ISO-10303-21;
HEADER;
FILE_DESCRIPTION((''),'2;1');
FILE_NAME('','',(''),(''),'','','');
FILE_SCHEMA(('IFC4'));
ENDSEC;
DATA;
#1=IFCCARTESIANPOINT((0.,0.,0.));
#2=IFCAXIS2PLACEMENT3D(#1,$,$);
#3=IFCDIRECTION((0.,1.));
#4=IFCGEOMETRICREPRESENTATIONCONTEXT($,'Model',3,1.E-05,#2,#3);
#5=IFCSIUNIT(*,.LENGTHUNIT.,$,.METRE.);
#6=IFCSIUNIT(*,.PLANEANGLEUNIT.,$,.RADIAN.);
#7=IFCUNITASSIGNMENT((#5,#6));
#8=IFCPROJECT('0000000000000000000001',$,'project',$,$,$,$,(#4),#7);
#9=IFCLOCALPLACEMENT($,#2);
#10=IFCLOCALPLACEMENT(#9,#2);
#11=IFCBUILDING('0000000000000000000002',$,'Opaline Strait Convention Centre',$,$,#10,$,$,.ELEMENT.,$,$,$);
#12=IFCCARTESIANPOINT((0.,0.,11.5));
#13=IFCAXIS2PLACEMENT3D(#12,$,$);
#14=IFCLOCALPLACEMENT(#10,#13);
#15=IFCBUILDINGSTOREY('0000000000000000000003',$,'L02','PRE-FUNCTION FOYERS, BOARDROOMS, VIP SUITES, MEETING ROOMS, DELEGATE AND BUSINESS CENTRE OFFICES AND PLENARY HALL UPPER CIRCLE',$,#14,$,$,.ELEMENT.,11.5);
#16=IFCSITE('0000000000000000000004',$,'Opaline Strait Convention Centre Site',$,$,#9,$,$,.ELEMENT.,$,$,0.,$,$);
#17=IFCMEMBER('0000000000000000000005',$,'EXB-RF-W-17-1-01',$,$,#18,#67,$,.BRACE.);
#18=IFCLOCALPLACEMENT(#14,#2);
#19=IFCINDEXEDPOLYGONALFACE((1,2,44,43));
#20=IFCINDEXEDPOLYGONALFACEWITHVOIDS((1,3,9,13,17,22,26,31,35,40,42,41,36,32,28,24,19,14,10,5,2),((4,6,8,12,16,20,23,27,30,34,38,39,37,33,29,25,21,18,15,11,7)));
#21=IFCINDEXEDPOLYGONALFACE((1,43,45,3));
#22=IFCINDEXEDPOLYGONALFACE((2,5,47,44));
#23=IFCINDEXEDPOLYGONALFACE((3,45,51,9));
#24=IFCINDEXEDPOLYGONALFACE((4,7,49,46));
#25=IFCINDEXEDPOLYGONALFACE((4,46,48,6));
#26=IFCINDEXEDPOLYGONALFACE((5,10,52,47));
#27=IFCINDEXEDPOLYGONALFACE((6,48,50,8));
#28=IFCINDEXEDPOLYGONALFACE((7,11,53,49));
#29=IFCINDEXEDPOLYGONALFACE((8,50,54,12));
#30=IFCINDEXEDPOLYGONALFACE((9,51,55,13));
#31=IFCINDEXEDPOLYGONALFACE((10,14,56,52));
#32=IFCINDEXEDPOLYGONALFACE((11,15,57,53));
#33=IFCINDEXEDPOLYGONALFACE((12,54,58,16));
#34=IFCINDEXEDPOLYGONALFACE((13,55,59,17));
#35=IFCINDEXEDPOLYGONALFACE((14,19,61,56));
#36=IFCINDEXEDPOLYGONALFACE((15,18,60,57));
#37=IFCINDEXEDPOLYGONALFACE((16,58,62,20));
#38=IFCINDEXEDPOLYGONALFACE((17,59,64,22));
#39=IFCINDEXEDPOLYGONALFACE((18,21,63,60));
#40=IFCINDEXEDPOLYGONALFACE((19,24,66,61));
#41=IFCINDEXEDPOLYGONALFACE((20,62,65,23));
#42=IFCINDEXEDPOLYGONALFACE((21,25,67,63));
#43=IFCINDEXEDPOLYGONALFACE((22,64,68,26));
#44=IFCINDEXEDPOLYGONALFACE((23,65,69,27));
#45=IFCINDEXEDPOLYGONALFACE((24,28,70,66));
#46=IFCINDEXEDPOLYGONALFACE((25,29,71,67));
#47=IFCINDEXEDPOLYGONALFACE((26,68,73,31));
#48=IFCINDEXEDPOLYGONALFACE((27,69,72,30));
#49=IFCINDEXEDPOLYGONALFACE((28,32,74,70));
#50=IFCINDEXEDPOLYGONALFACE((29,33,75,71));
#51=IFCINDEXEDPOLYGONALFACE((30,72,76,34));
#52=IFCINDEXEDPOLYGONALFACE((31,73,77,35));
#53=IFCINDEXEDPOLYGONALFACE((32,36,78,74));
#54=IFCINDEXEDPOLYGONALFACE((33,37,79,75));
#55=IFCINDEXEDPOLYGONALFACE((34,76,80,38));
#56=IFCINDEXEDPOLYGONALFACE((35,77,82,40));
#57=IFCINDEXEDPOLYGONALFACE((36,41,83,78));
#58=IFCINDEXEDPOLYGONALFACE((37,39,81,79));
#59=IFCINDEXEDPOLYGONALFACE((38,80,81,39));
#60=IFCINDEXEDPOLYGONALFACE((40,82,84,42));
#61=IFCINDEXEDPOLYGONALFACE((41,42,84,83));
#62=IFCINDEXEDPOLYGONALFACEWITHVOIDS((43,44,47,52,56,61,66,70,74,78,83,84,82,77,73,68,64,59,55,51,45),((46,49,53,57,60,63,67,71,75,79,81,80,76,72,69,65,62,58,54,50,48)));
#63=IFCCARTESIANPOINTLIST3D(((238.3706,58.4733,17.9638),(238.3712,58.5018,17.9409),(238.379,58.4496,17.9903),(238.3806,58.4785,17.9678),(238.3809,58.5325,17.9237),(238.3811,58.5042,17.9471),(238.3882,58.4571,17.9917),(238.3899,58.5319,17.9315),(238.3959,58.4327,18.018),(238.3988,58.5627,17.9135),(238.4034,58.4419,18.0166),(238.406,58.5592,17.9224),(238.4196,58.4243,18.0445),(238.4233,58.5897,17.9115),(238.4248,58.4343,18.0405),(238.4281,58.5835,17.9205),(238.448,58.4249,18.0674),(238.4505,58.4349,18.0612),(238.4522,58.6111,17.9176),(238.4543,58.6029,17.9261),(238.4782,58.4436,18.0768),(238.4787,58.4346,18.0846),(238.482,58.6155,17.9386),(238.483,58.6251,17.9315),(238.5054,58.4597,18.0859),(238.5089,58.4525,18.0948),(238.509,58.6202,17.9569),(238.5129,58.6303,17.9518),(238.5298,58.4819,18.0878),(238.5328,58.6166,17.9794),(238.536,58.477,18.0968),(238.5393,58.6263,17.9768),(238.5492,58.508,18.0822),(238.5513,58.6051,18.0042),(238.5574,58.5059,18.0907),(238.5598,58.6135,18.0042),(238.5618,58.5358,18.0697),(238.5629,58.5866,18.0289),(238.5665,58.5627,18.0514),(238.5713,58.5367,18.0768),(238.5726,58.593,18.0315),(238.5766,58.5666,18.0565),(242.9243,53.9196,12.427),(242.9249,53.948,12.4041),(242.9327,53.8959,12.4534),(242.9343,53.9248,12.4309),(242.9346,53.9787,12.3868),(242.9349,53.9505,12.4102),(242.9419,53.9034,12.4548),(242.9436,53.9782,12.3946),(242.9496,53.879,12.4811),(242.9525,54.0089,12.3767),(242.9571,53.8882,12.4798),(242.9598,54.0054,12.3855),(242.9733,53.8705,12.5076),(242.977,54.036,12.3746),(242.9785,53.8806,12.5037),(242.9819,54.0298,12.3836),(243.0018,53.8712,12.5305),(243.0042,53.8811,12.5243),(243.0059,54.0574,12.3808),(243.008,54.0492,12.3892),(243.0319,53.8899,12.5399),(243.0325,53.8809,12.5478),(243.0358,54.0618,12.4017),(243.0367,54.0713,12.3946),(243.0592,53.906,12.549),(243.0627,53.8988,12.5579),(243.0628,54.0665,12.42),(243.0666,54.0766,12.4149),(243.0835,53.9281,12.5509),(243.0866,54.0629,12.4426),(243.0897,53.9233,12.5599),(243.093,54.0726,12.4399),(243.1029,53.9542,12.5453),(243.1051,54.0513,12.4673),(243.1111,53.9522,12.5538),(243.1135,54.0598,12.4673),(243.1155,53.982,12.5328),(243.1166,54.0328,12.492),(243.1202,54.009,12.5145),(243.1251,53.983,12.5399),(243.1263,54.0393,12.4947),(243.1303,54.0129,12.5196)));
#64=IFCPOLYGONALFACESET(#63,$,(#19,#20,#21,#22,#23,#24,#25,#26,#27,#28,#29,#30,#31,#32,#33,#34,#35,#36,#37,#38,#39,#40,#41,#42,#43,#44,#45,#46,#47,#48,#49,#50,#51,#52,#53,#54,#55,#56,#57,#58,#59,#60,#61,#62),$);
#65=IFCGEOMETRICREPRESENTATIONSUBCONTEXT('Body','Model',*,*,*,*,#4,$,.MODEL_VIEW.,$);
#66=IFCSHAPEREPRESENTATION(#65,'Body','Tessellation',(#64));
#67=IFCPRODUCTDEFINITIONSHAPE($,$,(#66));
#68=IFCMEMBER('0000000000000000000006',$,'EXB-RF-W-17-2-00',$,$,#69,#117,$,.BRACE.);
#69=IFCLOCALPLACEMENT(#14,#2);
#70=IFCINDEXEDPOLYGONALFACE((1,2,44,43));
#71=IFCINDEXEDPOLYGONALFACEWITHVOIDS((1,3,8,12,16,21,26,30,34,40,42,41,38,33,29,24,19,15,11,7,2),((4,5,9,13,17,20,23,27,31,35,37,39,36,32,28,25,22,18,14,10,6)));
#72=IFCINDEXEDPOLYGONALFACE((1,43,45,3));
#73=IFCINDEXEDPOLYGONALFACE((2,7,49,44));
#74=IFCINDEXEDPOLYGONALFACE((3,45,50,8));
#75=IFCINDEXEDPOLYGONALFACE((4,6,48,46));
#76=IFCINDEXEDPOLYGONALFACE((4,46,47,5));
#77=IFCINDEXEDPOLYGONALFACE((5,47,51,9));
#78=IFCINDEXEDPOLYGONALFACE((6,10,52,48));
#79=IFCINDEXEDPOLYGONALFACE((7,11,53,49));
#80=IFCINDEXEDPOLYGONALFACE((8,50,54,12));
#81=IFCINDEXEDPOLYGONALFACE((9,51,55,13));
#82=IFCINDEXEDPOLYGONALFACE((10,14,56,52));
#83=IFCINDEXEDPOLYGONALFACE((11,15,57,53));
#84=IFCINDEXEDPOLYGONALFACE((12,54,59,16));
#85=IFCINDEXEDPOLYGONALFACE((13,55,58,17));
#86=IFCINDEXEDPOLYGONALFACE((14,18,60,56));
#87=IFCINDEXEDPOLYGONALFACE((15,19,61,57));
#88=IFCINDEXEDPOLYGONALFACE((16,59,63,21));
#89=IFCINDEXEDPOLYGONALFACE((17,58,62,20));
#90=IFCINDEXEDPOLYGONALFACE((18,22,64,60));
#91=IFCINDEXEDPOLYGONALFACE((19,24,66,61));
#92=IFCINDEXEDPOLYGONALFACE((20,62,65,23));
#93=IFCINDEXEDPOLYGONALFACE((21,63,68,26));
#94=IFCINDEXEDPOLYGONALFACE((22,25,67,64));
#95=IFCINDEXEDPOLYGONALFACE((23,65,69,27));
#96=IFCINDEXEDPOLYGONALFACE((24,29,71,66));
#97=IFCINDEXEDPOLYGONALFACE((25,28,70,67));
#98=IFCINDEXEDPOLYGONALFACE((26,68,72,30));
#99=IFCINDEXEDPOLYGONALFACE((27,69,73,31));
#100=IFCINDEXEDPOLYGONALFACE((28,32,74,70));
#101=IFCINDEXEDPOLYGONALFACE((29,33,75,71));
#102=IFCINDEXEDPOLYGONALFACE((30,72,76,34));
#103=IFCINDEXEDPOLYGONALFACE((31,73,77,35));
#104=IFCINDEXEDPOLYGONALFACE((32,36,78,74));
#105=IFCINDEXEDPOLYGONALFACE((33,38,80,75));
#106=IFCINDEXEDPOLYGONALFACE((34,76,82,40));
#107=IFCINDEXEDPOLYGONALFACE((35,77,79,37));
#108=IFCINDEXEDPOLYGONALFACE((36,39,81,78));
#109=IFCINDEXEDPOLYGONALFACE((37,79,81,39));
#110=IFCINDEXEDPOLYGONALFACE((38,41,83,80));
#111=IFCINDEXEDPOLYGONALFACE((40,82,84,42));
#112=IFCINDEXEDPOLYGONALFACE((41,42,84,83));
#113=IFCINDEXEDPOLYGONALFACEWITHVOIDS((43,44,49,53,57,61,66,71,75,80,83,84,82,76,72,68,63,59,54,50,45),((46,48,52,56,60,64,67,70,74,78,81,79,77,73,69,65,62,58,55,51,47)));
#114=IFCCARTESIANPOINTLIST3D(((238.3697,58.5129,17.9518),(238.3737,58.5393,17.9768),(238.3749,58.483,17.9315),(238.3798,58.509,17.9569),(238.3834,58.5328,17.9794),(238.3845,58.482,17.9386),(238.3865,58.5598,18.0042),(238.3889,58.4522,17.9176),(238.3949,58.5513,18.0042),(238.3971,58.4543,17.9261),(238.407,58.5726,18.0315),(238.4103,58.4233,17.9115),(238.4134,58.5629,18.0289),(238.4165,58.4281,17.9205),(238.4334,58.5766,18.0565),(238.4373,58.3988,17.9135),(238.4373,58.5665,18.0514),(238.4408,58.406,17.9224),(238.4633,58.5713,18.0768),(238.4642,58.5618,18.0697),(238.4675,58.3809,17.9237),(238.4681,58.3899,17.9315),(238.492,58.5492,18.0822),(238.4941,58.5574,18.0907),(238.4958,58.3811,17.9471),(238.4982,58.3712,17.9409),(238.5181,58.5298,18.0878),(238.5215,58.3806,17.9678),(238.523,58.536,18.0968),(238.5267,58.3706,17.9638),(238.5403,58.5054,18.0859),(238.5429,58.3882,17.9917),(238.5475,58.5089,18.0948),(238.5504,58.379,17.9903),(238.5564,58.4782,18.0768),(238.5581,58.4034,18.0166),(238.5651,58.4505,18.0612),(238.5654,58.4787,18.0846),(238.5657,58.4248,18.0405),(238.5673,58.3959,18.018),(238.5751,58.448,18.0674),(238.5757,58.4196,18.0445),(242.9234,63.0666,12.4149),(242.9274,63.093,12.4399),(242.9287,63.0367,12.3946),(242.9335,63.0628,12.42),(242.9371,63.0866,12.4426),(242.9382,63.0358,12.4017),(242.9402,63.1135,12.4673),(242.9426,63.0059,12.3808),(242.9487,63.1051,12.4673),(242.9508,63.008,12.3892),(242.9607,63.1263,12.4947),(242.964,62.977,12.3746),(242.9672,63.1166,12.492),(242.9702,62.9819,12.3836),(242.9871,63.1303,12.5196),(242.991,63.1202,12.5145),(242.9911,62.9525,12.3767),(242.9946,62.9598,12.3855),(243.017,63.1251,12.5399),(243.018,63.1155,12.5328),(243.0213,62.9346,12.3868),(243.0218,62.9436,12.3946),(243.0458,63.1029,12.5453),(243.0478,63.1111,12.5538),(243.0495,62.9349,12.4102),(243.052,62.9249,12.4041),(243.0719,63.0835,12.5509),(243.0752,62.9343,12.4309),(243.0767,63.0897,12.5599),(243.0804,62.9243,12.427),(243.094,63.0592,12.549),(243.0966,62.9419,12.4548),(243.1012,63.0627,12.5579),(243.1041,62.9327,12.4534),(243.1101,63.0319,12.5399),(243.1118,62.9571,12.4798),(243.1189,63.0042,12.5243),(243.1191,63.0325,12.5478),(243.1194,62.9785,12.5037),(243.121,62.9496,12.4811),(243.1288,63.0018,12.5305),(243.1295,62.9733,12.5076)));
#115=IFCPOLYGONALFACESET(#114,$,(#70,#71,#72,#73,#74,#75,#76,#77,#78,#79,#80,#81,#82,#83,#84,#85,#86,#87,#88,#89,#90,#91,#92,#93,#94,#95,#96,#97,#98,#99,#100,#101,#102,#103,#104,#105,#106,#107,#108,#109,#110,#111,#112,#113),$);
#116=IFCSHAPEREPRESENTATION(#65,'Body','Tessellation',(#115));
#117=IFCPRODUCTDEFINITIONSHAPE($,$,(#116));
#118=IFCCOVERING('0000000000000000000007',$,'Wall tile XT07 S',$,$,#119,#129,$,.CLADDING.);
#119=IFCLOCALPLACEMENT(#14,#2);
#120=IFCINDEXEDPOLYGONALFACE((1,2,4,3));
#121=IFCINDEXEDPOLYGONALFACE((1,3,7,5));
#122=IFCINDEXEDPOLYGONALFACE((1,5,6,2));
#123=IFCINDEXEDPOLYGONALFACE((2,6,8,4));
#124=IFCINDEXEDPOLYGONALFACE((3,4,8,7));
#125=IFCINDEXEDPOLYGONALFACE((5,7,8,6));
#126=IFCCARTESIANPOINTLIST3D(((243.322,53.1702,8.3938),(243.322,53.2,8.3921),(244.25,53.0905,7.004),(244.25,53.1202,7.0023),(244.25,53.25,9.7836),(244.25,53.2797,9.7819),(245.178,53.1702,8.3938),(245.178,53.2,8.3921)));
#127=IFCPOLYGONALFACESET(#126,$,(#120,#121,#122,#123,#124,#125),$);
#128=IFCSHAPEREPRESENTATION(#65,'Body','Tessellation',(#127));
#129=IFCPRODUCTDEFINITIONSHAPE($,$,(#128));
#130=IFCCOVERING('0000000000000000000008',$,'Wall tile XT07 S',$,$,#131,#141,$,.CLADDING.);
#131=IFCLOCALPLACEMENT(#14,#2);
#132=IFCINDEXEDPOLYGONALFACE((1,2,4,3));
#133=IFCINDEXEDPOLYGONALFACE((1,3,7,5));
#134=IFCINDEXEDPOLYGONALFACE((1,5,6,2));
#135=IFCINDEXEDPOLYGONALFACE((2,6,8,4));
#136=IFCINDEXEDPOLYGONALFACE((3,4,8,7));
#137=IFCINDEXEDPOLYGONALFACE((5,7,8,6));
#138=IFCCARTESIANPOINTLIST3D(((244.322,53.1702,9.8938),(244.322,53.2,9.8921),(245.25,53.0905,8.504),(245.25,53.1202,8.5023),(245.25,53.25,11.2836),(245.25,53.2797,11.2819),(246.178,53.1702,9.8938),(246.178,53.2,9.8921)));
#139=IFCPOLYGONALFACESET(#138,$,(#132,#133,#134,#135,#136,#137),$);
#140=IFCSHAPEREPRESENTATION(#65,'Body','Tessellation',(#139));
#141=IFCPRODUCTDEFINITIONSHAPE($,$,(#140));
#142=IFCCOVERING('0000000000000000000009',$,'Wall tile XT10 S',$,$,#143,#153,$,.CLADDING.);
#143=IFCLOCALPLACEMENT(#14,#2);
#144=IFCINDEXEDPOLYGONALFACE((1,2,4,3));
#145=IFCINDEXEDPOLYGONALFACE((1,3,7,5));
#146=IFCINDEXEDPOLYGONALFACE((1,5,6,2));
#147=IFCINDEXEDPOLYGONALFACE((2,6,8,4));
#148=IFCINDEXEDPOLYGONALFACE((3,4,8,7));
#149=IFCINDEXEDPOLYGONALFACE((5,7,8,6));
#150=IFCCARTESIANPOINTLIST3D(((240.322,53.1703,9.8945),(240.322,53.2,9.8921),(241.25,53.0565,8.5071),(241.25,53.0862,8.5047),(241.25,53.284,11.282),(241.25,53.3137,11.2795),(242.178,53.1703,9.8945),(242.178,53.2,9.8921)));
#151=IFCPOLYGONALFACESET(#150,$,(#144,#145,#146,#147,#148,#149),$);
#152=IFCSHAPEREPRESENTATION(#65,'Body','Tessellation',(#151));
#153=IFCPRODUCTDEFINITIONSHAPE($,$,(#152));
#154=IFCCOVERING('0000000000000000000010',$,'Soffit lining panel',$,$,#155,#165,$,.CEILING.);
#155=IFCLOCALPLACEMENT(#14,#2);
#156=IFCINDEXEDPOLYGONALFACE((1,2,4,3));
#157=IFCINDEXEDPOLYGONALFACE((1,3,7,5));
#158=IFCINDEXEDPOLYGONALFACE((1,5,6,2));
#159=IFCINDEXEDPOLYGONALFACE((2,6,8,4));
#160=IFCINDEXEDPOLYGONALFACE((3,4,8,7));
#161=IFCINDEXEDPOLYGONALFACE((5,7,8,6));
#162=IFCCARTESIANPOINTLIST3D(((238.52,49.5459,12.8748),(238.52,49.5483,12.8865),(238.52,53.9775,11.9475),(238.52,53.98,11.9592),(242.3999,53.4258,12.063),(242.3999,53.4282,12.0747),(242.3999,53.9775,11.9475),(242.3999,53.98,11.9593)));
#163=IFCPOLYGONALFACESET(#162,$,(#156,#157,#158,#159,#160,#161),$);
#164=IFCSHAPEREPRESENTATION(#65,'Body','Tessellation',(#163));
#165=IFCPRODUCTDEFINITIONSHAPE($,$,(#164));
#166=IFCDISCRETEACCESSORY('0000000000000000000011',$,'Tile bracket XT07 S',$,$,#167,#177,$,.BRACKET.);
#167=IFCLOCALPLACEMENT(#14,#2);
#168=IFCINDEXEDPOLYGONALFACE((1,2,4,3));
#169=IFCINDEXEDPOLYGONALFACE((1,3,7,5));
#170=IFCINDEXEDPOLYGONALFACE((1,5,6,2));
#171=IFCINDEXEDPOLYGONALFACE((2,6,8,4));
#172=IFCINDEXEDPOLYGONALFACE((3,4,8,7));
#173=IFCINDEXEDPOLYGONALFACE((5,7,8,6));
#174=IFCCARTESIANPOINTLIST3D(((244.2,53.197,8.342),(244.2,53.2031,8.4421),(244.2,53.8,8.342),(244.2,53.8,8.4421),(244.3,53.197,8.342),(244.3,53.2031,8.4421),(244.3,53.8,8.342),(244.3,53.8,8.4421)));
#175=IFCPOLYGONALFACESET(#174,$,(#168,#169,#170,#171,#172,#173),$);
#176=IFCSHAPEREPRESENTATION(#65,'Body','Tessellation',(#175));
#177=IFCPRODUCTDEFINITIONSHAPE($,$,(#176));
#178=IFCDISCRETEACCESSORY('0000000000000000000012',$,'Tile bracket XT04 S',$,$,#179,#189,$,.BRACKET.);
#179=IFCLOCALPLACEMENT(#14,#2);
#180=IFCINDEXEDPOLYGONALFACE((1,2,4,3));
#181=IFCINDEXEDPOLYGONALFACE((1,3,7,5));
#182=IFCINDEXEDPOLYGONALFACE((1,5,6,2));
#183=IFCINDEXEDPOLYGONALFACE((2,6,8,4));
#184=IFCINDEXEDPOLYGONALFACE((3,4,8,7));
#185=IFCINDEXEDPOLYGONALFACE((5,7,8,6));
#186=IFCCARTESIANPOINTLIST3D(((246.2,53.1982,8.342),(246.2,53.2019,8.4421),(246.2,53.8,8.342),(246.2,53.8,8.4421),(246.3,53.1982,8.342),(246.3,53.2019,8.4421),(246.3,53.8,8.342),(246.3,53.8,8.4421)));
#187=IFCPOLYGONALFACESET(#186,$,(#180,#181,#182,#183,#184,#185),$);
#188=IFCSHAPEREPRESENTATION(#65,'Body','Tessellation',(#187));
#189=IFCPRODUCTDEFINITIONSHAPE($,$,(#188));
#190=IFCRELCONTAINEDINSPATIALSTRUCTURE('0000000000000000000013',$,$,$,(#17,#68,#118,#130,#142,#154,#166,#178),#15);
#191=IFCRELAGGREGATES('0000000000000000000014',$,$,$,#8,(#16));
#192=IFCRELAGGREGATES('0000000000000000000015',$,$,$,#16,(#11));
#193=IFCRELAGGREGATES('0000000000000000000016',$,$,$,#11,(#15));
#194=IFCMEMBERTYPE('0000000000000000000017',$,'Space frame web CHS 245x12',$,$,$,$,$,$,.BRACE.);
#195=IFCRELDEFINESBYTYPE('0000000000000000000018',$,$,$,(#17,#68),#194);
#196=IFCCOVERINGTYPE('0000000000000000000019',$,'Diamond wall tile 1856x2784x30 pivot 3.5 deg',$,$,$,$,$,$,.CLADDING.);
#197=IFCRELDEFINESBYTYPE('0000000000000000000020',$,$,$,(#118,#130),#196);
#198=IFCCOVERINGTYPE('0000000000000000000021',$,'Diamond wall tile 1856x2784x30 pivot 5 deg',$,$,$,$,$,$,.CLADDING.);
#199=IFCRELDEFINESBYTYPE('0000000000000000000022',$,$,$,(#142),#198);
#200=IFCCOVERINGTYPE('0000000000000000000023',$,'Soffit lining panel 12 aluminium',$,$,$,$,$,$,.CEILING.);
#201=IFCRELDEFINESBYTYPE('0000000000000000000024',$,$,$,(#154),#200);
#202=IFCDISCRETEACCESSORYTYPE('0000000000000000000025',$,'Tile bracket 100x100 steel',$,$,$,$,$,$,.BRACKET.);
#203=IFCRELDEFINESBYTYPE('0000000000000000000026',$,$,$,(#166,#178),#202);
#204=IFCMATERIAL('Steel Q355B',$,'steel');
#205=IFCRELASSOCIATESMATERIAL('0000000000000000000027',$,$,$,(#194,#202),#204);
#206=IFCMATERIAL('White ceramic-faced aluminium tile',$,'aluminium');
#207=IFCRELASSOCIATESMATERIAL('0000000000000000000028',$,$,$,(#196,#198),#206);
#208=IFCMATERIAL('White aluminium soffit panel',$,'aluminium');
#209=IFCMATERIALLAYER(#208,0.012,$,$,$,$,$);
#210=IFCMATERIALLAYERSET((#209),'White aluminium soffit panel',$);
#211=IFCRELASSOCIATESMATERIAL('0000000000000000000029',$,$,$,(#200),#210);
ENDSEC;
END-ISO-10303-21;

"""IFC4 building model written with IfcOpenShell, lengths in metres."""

from ifc_helpers import new_model, si_unit, direction, frame, origin, origin_2d, place, context, subcontext, project, spatial, polyline, hollow_circle, outline, extrude, material, layer, layer_set, material_profile, profile_set, type_object, element, save


model = new_model("IFC4")

# Units and contexts
model_context = context("Model", 3, precision=1e-05, world=origin(), true_north=direction((0.0, 1.0)))
body_context = subcontext(model_context, "Body", "Model", "MODEL_VIEW")
ifc_project = project(units=[si_unit("LENGTHUNIT", "METRE"), si_unit("PLANEANGLEUNIT", "RADIAN")], contexts=[model_context])

# Site, building, storey
site_placement = place(None, origin())
site = spatial("IfcSite", under=ifc_project, at=site_placement, Name="Opaline Strait Convention Centre Site", CompositionType="ELEMENT", RefElevation=0.0)
building_placement = place(site_placement, origin())
building = spatial("IfcBuilding", under=site, at=building_placement, Name="Opaline Strait Convention Centre", CompositionType="ELEMENT")
storey_placement = place(building_placement, frame((0.0, 0.0, 11.5)))
storey = spatial("IfcBuildingStorey", under=building, at=storey_placement, Name="L02", Description="PRE-FUNCTION FOYERS, BOARDROOMS, VIP SUITES, MEETING ROOMS, DELEGATE AND BUSINESS CENTRE OFFICES AND PLENARY HALL UPPER CIRCLE", CompositionType="ELEMENT", Elevation=11.5)

# Members
ifc_material_1 = material(Name="Steel Q355B", Category="steel")
ifc_material_profile_1 = material_profile(ifc_material_1, hollow_circle(Radius=0.1226, WallThickness=0.012, at=origin_2d()), Name="CHS 245x12")
ifc_profile_set_1 = profile_set([ifc_material_profile_1], Name="Steel Q355B")
member_type_1 = type_object("IfcMemberType", Name="Space frame web CHS 245x12", PredefinedType="BRACE", material=ifc_profile_set_1)
for number, where, z_axis, x_axis, name in (
    (1, (238.4731, 58.5269, 18.0042), (0.536178, -0.536178, -0.65194), (0.707107, 0.707107, 0.0), "EXB-RF-W-17-1-01"),
    (2, (238.4731, 58.4731, 18.0042), (0.536178, 0.536178, -0.65194), (-0.707107, 0.707107, 0.0), "EXB-RF-W-17-2-00"),
):
    element("IfcMember", number, at=place(storey_placement, frame(where, z_axis=z_axis, x_axis=x_axis)), inside=storey, type_object=member_type_1, Name=name, PredefinedType="BRACE", context=body_context, shape_type="SweptSolid", body=[
        extrude(hollow_circle(Radius=0.1226, WallThickness=0.012, at=origin_2d()), origin(), (0.0, 0.0, 1.0), 8.4929),
    ])

# Coverings
ifc_material_2 = material(Name="White ceramic-faced aluminium tile", Category="aluminium")
ifc_material_profile_2 = material_profile(ifc_material_2, outline(polyline([(0.928, 0.0), (0.0, 1.3921), (-0.928, 0.0), (0.0, -1.3921), (0.928, 0.0)])), Name="Diamond tile 1856x2784")
ifc_profile_set_2 = profile_set([ifc_material_profile_2], Name="White ceramic-faced aluminium tile")
covering_type_1 = type_object("IfcCoveringType", Name="Diamond wall tile 1856x2784x30 pivot 3.5 deg", PredefinedType="CLADDING", material=ifc_profile_set_2)
for number, where, z_axis, x_axis, name in (
    (3, (244.25, 53.2, 8.3921), (0.0, -0.998358, 0.057283), (1.0, 0.0, 0.0), "Wall tile XT07 S"),
    (4, (245.25, 53.2, 9.8921), (0.0, -0.998358, 0.057283), (1.0, 0.0, 0.0), "Wall tile XT07 S"),
):
    element("IfcCovering", number, at=place(storey_placement, frame(where, z_axis=z_axis, x_axis=x_axis)), inside=storey, type_object=covering_type_1, Name=name, PredefinedType="CLADDING", context=body_context, shape_type="SweptSolid", body=[
        extrude(outline(polyline([(0.928, 0.0), (0.0, 1.3921), (-0.928, 0.0), (0.0, -1.3921), (0.928, 0.0)])), origin(), (0.0, 0.0, 1.0), 0.0298),
    ])
ifc_material_profile_3 = material_profile(ifc_material_2, outline(polyline([(0.928, 0.0), (0.0, 1.3921), (-0.928, 0.0), (0.0, -1.3921), (0.928, 0.0)])), Name="Diamond tile 1856x2784")
ifc_profile_set_3 = profile_set([ifc_material_profile_3], Name="White ceramic-faced aluminium tile")
covering_type_2 = type_object("IfcCoveringType", Name="Diamond wall tile 1856x2784x30 pivot 5 deg", PredefinedType="CLADDING", material=ifc_profile_set_3)
covering_1_placement = place(storey_placement, frame((241.25, 53.2, 9.8921), z_axis=(0.0, -0.996658, 0.081693), x_axis=(1.0, 0.0, 0.0)))
element("IfcCovering", 5, at=covering_1_placement, inside=storey, type_object=covering_type_2, Name="Wall tile XT10 S", PredefinedType="CLADDING", context=body_context, shape_type="SweptSolid", body=[
    extrude(outline(polyline([(0.928, 0.0), (0.0, 1.3921), (-0.928, 0.0), (0.0, -1.3921), (0.928, 0.0)])), origin(), (0.0, 0.0, 1.0), 0.0298),
])
ifc_material_3 = material(Name="White aluminium soffit panel", Category="aluminium")
ifc_layer = layer(ifc_material_3, 0.012)
ifc_layer_set = layer_set([ifc_layer], Name="White aluminium soffit panel")
covering_type_3 = type_object("IfcCoveringType", Name="Soffit lining panel 12 aluminium", PredefinedType="CEILING", material=ifc_layer_set)
covering_2_placement = place(storey_placement, frame((238.52, 53.98, 11.9592), z_axis=(-0.000007, 0.204804, 0.978803), x_axis=(1.0, 0.000001, 0.000007)))
element("IfcCovering", 6, at=covering_2_placement, inside=storey, type_object=covering_type_3, Name="Soffit lining panel", PredefinedType="CEILING", context=body_context, shape_type="SweptSolid", body=[
    extrude(outline(polyline([(0.0, 0.0), (3.8799, 0.0), (3.8799, -0.5637), (0.0, -4.5276), (0.0, 0.0)])), origin(), (0.0, 0.0, -1.0), 0.012),
])

# Discrete accessories
discrete_accessory_type = type_object("IfcDiscreteAccessoryType", Name="Tile bracket 100x100 steel", PredefinedType="BRACKET", material=ifc_material_1)
discrete_accessory_1_placement = place(storey_placement, frame((244.2, 53.8, 8.3921), z_axis=(1.0, 0.0, 0.0), x_axis=(0.0, 1.0, 0.0)))
element("IfcDiscreteAccessory", 7, at=discrete_accessory_1_placement, inside=storey, type_object=discrete_accessory_type, Name="Tile bracket XT07 S", PredefinedType="BRACKET", context=body_context, shape_type="SweptSolid", body=[
    extrude(outline(polyline([(0.0, -0.05), (0.0, 0.05), (-0.5969, 0.05), (-0.603, -0.05), (0.0, -0.05)])), origin(), (0.0, 0.0, 1.0), 0.1001),
])
discrete_accessory_2_placement = place(storey_placement, frame((246.2, 53.8, 8.3921), z_axis=(1.0, 0.0, 0.0), x_axis=(0.0, 1.0, 0.0)))
element("IfcDiscreteAccessory", 8, at=discrete_accessory_2_placement, inside=storey, type_object=discrete_accessory_type, Name="Tile bracket XT04 S", PredefinedType="BRACKET", context=body_context, shape_type="SweptSolid", body=[
    extrude(outline(polyline([(0.0, -0.05), (0.0, 0.05), (-0.5981, 0.05), (-0.6018, -0.05), (0.0, -0.05)])), origin(), (0.0, 0.0, 1.0), 0.1001),
])

save(model, "model.ifc")
